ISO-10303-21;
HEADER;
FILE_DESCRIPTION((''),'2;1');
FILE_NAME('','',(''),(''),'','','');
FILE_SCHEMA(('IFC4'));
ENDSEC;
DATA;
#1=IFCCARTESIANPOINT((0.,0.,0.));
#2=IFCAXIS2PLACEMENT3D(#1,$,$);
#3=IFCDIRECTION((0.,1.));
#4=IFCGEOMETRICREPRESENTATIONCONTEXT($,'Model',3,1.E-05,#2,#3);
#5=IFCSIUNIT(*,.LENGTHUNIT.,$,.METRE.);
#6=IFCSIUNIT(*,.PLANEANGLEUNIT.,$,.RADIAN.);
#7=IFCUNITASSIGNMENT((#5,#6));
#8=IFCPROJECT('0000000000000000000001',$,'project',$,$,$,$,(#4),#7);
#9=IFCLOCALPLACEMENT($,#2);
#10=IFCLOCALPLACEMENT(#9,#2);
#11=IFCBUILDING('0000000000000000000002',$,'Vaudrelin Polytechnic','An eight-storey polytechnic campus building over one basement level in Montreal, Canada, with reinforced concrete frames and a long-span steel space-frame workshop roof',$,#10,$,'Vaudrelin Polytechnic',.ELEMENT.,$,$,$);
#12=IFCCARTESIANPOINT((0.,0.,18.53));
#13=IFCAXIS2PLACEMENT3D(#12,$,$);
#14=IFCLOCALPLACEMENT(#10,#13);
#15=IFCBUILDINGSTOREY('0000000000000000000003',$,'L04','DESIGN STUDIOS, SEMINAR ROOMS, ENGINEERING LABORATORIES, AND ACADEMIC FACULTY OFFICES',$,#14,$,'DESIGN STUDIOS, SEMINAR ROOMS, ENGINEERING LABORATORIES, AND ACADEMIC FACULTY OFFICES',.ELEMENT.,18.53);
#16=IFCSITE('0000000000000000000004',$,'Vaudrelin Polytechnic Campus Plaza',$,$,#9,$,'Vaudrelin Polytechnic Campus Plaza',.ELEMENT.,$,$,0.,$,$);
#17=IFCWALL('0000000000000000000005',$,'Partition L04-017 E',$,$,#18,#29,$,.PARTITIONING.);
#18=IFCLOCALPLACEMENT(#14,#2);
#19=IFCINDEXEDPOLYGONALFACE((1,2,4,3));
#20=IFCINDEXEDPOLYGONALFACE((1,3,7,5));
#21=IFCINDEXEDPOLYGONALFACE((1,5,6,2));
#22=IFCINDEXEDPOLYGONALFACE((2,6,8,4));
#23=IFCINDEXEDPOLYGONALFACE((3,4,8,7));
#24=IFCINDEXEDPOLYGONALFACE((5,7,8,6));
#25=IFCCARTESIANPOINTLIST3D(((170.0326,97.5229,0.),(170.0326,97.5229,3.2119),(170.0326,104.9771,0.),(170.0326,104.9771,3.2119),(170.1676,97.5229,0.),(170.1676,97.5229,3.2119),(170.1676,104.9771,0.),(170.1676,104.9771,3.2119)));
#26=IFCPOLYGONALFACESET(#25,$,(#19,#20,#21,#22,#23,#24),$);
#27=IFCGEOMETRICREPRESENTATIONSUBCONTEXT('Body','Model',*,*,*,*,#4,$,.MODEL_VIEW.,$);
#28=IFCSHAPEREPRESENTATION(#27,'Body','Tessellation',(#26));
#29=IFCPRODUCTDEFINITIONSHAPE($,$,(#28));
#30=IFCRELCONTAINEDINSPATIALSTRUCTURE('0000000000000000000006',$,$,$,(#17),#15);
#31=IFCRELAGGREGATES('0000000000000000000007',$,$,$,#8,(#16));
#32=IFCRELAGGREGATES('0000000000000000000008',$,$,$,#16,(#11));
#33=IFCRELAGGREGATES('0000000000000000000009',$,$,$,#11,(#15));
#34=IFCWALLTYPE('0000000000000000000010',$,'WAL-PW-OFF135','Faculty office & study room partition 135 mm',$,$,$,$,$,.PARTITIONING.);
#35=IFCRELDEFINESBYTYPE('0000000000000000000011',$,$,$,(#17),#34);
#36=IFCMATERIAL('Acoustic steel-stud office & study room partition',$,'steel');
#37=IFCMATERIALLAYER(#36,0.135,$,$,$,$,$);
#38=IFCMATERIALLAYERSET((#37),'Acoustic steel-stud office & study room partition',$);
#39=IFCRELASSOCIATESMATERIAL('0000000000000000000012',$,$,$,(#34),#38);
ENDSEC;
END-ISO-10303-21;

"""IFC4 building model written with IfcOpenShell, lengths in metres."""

from ifc_helpers import new_model, si_unit, direction, frame, frame_2d, origin, place, context, subcontext, project, spatial, rectangle, extrude, material, layer, layer_set, type_object, element, save


model = new_model("IFC4")

# Units and contexts
model_context = context("Model", 3, precision=1e-05, world=origin(), true_north=direction((0.0, 1.0)))
body_context = subcontext(model_context, "Body", "Model", "MODEL_VIEW")
ifc_project = project(units=[si_unit("LENGTHUNIT", "METRE"), si_unit("PLANEANGLEUNIT", "RADIAN")], contexts=[model_context])

# Site, building, storey
site_placement = place(None, origin())
site = spatial("IfcSite", under=ifc_project, at=site_placement, Name="Vaudrelin Polytechnic Campus Plaza", LongName="Vaudrelin Polytechnic Campus Plaza", CompositionType="ELEMENT", RefElevation=0.0)
building_placement = place(site_placement, origin())
building = spatial("IfcBuilding", under=site, at=building_placement, Name="Vaudrelin Polytechnic", Description="An eight-storey polytechnic campus building over one basement level in Montreal, Canada, with reinforced concrete frames and a long-span steel space-frame workshop roof", LongName="Vaudrelin Polytechnic", CompositionType="ELEMENT")
storey_placement = place(building_placement, frame((0.0, 0.0, 18.53)))
storey = spatial("IfcBuildingStorey", under=building, at=storey_placement, Name="L04", Description="DESIGN STUDIOS, SEMINAR ROOMS, ENGINEERING LABORATORIES, AND ACADEMIC FACULTY OFFICES", LongName="DESIGN STUDIOS, SEMINAR ROOMS, ENGINEERING LABORATORIES, AND ACADEMIC FACULTY OFFICES", CompositionType="ELEMENT", Elevation=18.53)

# Wall
ifc_material_1 = material(Name="Acoustic steel-stud office & study room partition", Category="steel")
ifc_layer_1 = layer(ifc_material_1, 0.135)
ifc_layer_set_1 = layer_set([ifc_layer_1], Name="Acoustic steel-stud office & study room partition")
wall_type = type_object("IfcWallType", Name="WAL-PW-OFF135", Description="Faculty office & study room partition 135 mm", PredefinedType="PARTITIONING", material=ifc_layer_set_1)
wall_1_placement = place(storey_placement, frame((170.1001, 97.5229, 0.0), z_axis=(0.0, 0.0, 1.0), x_axis=(0.0, 1.0, 0.0)))
element("IfcWall", 1, at=wall_1_placement, inside=storey, type_object=wall_type, Name="Partition L04-017 E", PredefinedType="PARTITIONING", context=body_context, shape_type="SweptSolid", body=[
    extrude(rectangle(XDim=7.4541, YDim=0.135, at=frame_2d((3.7271, 0.0))), origin(), (0.0, 0.0, 1.0), 3.2119),
])

save(model, "model.ifc")
